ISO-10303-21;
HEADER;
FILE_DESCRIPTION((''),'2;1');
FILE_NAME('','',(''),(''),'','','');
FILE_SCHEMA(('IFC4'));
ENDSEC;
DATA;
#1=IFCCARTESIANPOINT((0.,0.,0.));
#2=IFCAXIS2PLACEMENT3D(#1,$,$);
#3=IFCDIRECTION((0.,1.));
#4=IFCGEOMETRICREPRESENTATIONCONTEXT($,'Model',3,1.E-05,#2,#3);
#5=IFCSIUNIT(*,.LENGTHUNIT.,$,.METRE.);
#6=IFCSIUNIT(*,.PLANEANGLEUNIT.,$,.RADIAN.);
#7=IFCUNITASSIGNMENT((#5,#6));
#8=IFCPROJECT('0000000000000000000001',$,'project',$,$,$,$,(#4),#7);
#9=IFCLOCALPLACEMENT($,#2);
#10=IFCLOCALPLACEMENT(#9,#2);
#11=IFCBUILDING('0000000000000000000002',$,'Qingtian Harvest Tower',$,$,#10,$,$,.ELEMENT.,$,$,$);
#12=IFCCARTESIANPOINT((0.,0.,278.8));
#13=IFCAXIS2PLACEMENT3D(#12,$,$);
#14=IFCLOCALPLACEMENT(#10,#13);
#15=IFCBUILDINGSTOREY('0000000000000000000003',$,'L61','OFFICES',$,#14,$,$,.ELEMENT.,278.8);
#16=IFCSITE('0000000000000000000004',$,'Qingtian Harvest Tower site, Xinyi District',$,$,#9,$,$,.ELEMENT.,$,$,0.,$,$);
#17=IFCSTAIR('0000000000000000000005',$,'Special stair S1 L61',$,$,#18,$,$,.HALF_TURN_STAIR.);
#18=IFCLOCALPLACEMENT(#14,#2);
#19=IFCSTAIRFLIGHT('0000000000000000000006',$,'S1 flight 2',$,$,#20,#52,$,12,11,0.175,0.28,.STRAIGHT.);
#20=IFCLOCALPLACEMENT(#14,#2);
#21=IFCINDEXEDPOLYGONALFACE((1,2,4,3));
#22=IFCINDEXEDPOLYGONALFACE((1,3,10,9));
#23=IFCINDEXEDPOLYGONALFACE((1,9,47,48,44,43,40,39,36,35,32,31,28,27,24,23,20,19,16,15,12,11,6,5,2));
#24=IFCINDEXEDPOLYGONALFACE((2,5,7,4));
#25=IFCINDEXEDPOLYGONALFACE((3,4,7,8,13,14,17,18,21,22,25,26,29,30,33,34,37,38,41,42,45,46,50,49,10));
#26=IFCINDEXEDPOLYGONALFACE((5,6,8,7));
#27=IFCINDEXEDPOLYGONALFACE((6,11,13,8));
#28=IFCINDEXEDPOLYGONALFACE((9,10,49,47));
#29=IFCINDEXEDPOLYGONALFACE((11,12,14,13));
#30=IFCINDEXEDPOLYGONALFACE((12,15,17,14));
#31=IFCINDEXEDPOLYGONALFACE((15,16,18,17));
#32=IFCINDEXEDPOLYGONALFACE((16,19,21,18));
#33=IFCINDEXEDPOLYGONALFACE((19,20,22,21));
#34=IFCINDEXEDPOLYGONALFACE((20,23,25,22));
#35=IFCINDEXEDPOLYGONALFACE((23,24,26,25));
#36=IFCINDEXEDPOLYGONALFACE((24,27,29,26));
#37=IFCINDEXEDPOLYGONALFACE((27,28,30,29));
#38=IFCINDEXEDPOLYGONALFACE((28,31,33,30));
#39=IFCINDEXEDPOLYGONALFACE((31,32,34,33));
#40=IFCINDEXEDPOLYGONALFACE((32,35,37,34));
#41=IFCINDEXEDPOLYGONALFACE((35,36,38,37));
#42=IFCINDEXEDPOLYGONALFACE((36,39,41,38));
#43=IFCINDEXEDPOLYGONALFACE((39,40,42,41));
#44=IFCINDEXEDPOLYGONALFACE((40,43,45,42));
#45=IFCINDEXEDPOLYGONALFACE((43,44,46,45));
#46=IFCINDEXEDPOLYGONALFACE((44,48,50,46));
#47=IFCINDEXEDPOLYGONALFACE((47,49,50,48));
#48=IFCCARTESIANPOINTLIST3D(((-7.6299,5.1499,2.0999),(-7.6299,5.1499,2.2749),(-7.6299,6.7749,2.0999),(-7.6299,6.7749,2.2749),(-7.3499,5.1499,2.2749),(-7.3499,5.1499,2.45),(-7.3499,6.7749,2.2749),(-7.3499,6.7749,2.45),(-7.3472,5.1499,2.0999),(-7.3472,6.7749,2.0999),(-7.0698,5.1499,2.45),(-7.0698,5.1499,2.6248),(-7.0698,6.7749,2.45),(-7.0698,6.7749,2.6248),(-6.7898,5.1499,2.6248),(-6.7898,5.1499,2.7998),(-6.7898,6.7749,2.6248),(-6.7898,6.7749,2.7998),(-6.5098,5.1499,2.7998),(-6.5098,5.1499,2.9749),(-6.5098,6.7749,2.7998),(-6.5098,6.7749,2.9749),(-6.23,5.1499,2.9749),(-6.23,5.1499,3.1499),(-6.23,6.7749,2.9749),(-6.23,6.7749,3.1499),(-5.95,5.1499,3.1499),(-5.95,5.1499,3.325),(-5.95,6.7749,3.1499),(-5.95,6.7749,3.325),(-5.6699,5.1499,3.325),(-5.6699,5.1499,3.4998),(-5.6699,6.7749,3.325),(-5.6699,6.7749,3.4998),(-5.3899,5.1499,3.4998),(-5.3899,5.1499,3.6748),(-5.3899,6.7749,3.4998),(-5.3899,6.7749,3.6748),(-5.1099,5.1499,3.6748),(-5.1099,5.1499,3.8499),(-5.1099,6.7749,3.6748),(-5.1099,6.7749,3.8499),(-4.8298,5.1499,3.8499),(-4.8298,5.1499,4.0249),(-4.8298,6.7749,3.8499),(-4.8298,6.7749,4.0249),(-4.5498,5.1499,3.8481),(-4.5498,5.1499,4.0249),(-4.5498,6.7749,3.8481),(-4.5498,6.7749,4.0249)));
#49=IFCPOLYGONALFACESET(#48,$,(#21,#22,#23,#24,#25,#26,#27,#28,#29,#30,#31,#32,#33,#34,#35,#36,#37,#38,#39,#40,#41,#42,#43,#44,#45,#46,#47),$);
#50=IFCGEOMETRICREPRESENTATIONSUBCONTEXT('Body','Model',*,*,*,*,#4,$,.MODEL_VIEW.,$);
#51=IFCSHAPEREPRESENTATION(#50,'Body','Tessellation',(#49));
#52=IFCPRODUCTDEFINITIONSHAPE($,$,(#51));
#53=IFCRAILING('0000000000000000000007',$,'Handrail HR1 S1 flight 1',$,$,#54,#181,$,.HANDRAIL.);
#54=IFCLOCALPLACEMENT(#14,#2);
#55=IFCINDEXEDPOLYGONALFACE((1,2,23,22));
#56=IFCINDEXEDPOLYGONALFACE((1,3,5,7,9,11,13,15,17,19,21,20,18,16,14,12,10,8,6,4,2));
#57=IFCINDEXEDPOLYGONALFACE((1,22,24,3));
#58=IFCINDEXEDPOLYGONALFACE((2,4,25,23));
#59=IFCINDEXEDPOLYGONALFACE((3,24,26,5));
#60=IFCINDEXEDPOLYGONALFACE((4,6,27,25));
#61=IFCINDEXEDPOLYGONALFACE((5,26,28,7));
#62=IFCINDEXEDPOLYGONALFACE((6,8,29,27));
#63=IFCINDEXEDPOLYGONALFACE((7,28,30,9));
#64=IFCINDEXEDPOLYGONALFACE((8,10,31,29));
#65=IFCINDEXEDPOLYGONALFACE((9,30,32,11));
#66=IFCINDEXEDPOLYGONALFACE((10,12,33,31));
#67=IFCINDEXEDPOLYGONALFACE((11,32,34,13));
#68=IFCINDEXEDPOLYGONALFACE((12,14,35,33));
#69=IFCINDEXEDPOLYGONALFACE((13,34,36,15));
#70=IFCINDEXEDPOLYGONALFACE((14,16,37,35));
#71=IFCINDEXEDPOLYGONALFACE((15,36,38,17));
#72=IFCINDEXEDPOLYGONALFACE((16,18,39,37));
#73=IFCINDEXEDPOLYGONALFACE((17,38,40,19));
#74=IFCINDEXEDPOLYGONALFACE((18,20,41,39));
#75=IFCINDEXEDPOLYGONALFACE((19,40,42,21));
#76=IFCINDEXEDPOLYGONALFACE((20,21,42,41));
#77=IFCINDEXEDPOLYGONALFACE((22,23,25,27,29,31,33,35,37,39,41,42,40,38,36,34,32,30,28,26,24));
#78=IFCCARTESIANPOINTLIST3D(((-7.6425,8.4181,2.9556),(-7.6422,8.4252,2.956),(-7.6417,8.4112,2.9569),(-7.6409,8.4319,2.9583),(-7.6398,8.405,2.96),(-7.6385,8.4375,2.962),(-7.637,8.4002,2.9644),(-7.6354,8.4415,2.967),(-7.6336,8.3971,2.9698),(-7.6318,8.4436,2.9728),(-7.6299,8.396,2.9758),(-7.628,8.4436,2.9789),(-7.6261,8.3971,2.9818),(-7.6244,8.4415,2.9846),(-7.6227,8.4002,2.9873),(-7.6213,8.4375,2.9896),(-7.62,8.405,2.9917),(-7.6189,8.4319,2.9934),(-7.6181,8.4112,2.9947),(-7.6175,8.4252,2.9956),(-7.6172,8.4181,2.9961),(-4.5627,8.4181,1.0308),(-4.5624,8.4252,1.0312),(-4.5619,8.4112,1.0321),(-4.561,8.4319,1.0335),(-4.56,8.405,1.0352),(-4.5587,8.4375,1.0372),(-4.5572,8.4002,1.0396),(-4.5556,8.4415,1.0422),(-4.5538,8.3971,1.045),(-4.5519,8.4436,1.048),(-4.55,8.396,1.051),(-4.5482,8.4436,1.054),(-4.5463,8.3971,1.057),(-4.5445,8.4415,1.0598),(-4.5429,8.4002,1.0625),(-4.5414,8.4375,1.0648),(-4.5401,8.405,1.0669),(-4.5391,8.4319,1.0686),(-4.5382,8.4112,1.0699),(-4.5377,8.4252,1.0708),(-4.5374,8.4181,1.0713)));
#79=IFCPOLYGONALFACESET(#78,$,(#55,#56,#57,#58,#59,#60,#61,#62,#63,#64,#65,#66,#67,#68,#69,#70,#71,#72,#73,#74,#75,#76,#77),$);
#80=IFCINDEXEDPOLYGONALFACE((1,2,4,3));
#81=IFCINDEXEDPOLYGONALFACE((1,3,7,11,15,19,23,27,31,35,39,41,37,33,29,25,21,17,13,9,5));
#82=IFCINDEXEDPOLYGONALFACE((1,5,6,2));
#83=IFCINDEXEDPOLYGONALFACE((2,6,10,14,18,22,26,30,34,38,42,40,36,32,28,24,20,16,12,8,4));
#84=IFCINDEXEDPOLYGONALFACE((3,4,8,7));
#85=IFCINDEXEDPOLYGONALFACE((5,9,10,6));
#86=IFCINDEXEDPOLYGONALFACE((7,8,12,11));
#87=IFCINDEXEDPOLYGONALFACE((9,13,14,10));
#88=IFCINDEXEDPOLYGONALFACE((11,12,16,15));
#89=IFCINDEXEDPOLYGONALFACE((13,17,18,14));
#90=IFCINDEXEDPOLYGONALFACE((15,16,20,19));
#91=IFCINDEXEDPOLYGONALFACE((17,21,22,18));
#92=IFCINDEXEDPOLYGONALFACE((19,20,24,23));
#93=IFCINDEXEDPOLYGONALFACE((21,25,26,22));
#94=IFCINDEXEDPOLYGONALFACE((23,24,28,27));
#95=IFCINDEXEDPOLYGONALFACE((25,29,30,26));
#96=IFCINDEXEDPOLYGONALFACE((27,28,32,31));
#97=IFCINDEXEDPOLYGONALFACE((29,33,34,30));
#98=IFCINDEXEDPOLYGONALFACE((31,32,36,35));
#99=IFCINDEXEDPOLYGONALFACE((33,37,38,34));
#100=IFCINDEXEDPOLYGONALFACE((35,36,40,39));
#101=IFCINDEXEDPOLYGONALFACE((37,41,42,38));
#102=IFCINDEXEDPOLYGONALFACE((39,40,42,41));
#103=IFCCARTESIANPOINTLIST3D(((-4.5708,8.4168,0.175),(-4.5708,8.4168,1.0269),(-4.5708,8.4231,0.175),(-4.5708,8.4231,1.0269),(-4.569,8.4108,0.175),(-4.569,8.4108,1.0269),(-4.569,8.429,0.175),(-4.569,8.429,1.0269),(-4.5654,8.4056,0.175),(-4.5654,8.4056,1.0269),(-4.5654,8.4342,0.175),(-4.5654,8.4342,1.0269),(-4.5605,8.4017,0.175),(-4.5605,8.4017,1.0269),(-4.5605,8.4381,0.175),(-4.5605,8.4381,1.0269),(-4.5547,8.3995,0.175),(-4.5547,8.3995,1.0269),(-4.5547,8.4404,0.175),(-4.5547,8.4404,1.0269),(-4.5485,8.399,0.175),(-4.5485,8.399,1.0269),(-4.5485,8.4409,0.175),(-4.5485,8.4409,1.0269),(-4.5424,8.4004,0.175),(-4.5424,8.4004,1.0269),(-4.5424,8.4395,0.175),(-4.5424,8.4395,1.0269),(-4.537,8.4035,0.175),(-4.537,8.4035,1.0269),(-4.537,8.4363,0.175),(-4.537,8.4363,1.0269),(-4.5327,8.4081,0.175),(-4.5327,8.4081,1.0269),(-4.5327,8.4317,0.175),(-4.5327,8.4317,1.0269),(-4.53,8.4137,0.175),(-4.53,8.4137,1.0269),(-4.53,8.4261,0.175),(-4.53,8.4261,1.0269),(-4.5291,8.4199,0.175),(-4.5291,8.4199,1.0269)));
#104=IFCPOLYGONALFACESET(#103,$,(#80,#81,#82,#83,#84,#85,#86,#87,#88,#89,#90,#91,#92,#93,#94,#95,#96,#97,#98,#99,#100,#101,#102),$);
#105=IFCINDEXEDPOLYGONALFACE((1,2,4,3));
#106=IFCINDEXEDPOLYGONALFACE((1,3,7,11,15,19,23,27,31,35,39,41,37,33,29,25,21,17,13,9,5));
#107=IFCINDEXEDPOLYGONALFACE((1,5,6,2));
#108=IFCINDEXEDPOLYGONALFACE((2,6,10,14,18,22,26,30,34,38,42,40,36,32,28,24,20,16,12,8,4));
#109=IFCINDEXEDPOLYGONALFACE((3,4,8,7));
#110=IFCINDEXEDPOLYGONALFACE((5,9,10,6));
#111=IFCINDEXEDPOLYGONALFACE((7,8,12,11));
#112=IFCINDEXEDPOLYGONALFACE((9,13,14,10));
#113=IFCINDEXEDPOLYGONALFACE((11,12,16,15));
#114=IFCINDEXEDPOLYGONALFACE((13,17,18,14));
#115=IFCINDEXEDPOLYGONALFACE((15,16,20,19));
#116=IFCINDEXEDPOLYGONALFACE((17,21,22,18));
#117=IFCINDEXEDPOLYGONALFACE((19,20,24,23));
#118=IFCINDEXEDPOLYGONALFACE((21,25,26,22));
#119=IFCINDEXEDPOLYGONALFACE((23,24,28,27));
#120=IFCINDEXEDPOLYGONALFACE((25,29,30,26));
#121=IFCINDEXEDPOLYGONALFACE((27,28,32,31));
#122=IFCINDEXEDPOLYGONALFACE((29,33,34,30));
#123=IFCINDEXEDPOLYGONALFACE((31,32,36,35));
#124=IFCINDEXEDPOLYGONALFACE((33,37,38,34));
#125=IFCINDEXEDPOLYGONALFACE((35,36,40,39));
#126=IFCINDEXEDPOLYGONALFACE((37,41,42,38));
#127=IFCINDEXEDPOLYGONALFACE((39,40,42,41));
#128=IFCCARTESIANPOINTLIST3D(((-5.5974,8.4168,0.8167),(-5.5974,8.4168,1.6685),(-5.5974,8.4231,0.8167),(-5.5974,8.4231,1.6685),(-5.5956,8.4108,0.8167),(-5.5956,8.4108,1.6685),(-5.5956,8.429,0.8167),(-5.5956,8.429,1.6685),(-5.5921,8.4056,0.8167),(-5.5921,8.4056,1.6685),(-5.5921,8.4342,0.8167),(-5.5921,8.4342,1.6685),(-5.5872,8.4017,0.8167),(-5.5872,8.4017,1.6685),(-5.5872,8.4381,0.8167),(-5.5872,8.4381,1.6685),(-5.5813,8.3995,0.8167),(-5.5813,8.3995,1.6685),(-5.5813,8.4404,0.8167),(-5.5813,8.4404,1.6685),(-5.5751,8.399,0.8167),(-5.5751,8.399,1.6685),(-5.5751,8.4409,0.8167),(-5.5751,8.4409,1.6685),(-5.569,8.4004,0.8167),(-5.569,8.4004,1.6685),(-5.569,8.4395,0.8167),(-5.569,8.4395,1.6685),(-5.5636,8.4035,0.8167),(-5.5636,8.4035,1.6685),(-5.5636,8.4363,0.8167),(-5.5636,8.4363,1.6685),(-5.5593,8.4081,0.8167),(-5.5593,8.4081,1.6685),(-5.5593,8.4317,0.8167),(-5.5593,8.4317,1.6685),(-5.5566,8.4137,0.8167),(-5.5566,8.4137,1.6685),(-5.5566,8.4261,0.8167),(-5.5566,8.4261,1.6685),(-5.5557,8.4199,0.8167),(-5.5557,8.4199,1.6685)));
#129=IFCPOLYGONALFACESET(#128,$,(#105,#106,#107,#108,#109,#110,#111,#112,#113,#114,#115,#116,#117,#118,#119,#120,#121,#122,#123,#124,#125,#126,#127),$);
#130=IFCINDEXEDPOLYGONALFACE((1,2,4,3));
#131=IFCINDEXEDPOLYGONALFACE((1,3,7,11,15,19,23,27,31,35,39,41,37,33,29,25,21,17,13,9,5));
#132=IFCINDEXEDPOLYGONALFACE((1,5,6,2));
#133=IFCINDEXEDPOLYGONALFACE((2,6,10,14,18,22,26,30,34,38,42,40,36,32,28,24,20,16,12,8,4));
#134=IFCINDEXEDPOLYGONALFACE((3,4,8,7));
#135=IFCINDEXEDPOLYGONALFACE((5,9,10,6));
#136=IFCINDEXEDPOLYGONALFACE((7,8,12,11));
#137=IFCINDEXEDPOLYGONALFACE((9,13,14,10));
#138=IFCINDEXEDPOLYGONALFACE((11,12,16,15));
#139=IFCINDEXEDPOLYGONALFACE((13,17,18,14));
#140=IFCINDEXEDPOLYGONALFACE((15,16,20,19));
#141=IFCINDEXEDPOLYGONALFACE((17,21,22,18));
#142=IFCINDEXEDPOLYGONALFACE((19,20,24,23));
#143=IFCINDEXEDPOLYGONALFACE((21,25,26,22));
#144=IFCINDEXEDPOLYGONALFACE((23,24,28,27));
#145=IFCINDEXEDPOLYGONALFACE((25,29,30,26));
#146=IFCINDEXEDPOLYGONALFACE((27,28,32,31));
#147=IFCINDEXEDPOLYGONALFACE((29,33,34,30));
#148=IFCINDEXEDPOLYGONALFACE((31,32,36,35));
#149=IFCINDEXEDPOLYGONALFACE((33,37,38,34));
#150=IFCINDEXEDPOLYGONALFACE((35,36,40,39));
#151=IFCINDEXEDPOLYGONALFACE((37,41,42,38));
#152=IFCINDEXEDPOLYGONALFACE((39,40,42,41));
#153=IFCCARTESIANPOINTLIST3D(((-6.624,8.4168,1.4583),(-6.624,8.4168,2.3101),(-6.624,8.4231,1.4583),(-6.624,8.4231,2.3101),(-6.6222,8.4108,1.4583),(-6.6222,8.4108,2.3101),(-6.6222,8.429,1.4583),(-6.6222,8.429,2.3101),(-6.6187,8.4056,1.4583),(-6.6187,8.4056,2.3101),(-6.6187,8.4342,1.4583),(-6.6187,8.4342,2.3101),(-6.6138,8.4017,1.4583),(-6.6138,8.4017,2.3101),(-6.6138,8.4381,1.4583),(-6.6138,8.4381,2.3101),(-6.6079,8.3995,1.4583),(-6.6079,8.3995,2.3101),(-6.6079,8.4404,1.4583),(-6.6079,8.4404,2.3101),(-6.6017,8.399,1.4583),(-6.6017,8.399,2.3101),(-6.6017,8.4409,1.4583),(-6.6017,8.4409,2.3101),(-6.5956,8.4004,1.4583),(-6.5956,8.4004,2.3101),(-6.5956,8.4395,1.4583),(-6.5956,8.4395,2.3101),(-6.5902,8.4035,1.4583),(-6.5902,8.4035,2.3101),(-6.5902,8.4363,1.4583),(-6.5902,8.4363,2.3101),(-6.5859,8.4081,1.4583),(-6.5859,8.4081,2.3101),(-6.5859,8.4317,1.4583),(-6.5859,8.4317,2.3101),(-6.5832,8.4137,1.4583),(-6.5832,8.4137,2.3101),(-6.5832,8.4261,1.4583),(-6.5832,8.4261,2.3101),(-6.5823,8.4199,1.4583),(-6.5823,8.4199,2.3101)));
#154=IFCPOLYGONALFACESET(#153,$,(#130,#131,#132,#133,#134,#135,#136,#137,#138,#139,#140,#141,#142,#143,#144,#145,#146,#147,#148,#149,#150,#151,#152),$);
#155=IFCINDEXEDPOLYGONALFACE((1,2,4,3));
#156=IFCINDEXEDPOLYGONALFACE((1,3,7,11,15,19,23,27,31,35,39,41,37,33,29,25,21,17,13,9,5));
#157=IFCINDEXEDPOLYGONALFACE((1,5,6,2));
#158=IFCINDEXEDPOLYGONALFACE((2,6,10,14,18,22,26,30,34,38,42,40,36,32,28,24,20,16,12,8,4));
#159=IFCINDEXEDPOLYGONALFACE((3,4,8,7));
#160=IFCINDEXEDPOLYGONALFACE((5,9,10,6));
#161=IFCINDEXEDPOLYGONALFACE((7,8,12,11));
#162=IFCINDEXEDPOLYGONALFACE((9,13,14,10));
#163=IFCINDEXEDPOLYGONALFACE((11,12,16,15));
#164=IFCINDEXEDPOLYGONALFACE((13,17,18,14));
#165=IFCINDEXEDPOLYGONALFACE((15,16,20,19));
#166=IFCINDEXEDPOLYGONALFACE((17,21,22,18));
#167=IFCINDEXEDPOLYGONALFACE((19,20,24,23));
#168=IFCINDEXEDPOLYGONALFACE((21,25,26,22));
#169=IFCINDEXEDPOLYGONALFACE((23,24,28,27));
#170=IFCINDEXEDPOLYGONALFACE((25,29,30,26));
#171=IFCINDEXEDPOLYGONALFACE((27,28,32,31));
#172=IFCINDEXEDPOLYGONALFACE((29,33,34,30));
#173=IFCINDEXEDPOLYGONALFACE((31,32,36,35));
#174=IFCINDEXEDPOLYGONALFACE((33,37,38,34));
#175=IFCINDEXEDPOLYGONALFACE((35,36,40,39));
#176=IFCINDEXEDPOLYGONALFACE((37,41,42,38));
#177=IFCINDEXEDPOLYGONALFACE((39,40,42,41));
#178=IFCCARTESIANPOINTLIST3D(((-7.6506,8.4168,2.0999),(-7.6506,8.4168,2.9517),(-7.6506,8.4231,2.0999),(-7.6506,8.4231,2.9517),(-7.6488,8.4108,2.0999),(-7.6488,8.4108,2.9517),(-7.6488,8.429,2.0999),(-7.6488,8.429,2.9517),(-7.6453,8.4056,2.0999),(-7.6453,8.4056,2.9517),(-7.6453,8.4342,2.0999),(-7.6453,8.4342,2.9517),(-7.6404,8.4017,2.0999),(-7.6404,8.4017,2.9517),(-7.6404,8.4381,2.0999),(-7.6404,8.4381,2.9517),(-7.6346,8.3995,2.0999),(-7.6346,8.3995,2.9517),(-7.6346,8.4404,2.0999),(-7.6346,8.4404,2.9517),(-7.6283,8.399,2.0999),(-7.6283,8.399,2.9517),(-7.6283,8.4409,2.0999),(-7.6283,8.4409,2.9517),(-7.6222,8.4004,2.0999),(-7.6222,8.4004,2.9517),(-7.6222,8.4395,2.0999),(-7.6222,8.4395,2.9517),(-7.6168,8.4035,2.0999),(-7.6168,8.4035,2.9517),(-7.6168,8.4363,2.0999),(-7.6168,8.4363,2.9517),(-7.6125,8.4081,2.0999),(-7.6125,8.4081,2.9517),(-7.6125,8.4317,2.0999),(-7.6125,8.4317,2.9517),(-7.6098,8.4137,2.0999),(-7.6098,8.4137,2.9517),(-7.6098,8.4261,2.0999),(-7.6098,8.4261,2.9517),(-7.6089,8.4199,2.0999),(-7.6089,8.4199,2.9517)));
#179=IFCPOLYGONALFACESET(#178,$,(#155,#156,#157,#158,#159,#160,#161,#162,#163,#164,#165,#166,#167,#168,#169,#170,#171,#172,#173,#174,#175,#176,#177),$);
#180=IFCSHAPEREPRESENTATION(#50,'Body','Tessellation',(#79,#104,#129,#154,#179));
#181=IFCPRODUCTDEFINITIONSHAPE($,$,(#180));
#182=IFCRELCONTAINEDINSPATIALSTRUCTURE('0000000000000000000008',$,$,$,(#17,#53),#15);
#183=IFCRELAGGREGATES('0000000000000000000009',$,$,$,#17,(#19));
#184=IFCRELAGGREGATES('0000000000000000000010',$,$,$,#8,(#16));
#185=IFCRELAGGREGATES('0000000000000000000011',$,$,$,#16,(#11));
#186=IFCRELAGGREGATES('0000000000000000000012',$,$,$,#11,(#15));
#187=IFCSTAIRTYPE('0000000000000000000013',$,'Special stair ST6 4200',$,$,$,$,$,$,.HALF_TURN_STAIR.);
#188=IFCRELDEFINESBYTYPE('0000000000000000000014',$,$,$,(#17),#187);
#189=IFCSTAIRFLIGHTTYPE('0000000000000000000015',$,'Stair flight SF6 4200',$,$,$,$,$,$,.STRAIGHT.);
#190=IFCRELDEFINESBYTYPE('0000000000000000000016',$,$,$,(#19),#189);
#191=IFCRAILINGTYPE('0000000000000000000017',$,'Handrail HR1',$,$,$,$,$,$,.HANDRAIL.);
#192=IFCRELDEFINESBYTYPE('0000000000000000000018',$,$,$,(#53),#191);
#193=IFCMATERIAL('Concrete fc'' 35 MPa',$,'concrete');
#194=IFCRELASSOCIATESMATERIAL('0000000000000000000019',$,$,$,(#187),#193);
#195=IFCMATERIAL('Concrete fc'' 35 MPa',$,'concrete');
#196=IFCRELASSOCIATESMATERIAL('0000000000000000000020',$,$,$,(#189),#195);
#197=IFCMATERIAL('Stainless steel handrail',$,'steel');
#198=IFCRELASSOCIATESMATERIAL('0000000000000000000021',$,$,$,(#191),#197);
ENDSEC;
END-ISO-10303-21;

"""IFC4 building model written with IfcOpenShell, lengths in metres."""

from ifc_helpers import new_model, si_unit, direction, frame, origin, origin_2d, place, context, subcontext, project, spatial, polyline, circle, outline, extrude, material, type_object, element, aggregate, save


model = new_model("IFC4")

# Units and contexts
model_context = context("Model", 3, precision=1e-05, world=origin(), true_north=direction((0.0, 1.0)))
body_context = subcontext(model_context, "Body", "Model", "MODEL_VIEW")
ifc_project = project(units=[si_unit("LENGTHUNIT", "METRE"), si_unit("PLANEANGLEUNIT", "RADIAN")], contexts=[model_context])

# Site, building, storey
site_placement = place(None, origin())
site = spatial("IfcSite", under=ifc_project, at=site_placement, Name="Qingtian Harvest Tower site, Xinyi District", CompositionType="ELEMENT", RefElevation=0.0)
building_placement = place(site_placement, origin())
building = spatial("IfcBuilding", under=site, at=building_placement, Name="Qingtian Harvest Tower", CompositionType="ELEMENT")
storey_placement = place(building_placement, frame((0.0, 0.0, 278.8)))
storey = spatial("IfcBuildingStorey", under=building, at=storey_placement, Name="L61", Description="OFFICES", CompositionType="ELEMENT", Elevation=278.8)

# Stair, stair flight
ifc_material_1 = material(Name="Concrete fc' 35 MPa", Category="concrete")
stair_type = type_object("IfcStairType", Name="Special stair ST6 4200", PredefinedType="HALF_TURN_STAIR", material=ifc_material_1)
stair_placement = place(storey_placement, origin())
stair = element("IfcStair", 1, at=stair_placement, inside=storey, type_object=stair_type, Name="Special stair S1 L61", PredefinedType="HALF_TURN_STAIR")
ifc_material_2 = material(Name="Concrete fc' 35 MPa", Category="concrete")
stair_flight_type = type_object("IfcStairFlightType", Name="Stair flight SF6 4200", PredefinedType="STRAIGHT", material=ifc_material_2)
stair_flight_1_placement = place(storey_placement, frame((-7.6299, 5.9624, 2.0999), z_axis=(0.0, 0.0, 1.0), x_axis=(1.0, 0.0, 0.0)))
stair_flight_1 = element("IfcStairFlight", 2, at=stair_flight_1_placement, type_object=stair_flight_type, Name="S1 flight 2", NumberOfRisers=12, NumberOfTreads=11, PredefinedType="STRAIGHT", RiserHeight=0.175, TreadLength=0.28, context=body_context, shape_type="SweptSolid", body=[
    extrude(outline(polyline([(0.0, 0.0), (0.0, 0.175), (0.28, 0.175), (0.28, 0.3501), (0.5601, 0.3501), (0.5601, 0.5249), (0.8401, 0.5249), (0.8401, 0.7), (1.1201, 0.7), (1.1201, 0.875), (1.3999, 0.875), (1.3999, 1.05), (1.6799, 1.05), (1.6799, 1.2251), (1.96, 1.2251), (1.96, 1.3999), (2.24, 1.3999), (2.24, 1.575), (2.52, 1.575), (2.52, 1.75), (2.8, 1.75), (2.8, 1.925), (3.0801, 1.925), (3.0801, 2.1001), (3.0801, 1.7483), (0.2827, 0.0), (0.0, 0.0)])), frame((0.0, 0.8125, 0.0), z_axis=(0.0, -1.0, 0.0), x_axis=(1.0, 0.0, 0.0)), (0.0, 0.0, 1.0), 1.625),
])
aggregate(stair, [stair_flight_1])

# Railing
ifc_material_3 = material(Name="Stainless steel handrail", Category="steel")
railing_type = type_object("IfcRailingType", Name="Handrail HR1", PredefinedType="HANDRAIL", material=ifc_material_3)
railing_1_placement = place(storey_placement, frame((-4.55, 8.4199, 0.175)))
element("IfcRailing", 3, at=railing_1_placement, inside=storey, type_object=railing_type, Name="Handrail HR1 S1 flight 1", PredefinedType="HANDRAIL", context=body_context, shape_type="SweptSolid", body=[
    extrude(circle(Radius=0.0239, at=origin_2d()), frame((0.0, 0.0, 0.876), z_axis=(-0.84801, 0.0, 0.529981), x_axis=(0.0, -1.0, 0.0)), (0.0, 0.0, 1.0), 3.6318),
    extrude(circle(Radius=0.021, at=origin_2d()), origin(), (0.0, 0.0, 1.0), 0.8518),
    extrude(circle(Radius=0.021, at=origin_2d()), frame((-1.0266, 0.0, 0.6416)), (0.0, 0.0, 1.0), 0.8518),
    extrude(circle(Radius=0.021, at=origin_2d()), frame((-2.0532, 0.0, 1.2832)), (0.0, 0.0, 1.0), 0.8518),
    extrude(circle(Radius=0.021, at=origin_2d()), frame((-3.0798, 0.0, 1.9248)), (0.0, 0.0, 1.0), 0.8518),
])

save(model, "model.ifc")
